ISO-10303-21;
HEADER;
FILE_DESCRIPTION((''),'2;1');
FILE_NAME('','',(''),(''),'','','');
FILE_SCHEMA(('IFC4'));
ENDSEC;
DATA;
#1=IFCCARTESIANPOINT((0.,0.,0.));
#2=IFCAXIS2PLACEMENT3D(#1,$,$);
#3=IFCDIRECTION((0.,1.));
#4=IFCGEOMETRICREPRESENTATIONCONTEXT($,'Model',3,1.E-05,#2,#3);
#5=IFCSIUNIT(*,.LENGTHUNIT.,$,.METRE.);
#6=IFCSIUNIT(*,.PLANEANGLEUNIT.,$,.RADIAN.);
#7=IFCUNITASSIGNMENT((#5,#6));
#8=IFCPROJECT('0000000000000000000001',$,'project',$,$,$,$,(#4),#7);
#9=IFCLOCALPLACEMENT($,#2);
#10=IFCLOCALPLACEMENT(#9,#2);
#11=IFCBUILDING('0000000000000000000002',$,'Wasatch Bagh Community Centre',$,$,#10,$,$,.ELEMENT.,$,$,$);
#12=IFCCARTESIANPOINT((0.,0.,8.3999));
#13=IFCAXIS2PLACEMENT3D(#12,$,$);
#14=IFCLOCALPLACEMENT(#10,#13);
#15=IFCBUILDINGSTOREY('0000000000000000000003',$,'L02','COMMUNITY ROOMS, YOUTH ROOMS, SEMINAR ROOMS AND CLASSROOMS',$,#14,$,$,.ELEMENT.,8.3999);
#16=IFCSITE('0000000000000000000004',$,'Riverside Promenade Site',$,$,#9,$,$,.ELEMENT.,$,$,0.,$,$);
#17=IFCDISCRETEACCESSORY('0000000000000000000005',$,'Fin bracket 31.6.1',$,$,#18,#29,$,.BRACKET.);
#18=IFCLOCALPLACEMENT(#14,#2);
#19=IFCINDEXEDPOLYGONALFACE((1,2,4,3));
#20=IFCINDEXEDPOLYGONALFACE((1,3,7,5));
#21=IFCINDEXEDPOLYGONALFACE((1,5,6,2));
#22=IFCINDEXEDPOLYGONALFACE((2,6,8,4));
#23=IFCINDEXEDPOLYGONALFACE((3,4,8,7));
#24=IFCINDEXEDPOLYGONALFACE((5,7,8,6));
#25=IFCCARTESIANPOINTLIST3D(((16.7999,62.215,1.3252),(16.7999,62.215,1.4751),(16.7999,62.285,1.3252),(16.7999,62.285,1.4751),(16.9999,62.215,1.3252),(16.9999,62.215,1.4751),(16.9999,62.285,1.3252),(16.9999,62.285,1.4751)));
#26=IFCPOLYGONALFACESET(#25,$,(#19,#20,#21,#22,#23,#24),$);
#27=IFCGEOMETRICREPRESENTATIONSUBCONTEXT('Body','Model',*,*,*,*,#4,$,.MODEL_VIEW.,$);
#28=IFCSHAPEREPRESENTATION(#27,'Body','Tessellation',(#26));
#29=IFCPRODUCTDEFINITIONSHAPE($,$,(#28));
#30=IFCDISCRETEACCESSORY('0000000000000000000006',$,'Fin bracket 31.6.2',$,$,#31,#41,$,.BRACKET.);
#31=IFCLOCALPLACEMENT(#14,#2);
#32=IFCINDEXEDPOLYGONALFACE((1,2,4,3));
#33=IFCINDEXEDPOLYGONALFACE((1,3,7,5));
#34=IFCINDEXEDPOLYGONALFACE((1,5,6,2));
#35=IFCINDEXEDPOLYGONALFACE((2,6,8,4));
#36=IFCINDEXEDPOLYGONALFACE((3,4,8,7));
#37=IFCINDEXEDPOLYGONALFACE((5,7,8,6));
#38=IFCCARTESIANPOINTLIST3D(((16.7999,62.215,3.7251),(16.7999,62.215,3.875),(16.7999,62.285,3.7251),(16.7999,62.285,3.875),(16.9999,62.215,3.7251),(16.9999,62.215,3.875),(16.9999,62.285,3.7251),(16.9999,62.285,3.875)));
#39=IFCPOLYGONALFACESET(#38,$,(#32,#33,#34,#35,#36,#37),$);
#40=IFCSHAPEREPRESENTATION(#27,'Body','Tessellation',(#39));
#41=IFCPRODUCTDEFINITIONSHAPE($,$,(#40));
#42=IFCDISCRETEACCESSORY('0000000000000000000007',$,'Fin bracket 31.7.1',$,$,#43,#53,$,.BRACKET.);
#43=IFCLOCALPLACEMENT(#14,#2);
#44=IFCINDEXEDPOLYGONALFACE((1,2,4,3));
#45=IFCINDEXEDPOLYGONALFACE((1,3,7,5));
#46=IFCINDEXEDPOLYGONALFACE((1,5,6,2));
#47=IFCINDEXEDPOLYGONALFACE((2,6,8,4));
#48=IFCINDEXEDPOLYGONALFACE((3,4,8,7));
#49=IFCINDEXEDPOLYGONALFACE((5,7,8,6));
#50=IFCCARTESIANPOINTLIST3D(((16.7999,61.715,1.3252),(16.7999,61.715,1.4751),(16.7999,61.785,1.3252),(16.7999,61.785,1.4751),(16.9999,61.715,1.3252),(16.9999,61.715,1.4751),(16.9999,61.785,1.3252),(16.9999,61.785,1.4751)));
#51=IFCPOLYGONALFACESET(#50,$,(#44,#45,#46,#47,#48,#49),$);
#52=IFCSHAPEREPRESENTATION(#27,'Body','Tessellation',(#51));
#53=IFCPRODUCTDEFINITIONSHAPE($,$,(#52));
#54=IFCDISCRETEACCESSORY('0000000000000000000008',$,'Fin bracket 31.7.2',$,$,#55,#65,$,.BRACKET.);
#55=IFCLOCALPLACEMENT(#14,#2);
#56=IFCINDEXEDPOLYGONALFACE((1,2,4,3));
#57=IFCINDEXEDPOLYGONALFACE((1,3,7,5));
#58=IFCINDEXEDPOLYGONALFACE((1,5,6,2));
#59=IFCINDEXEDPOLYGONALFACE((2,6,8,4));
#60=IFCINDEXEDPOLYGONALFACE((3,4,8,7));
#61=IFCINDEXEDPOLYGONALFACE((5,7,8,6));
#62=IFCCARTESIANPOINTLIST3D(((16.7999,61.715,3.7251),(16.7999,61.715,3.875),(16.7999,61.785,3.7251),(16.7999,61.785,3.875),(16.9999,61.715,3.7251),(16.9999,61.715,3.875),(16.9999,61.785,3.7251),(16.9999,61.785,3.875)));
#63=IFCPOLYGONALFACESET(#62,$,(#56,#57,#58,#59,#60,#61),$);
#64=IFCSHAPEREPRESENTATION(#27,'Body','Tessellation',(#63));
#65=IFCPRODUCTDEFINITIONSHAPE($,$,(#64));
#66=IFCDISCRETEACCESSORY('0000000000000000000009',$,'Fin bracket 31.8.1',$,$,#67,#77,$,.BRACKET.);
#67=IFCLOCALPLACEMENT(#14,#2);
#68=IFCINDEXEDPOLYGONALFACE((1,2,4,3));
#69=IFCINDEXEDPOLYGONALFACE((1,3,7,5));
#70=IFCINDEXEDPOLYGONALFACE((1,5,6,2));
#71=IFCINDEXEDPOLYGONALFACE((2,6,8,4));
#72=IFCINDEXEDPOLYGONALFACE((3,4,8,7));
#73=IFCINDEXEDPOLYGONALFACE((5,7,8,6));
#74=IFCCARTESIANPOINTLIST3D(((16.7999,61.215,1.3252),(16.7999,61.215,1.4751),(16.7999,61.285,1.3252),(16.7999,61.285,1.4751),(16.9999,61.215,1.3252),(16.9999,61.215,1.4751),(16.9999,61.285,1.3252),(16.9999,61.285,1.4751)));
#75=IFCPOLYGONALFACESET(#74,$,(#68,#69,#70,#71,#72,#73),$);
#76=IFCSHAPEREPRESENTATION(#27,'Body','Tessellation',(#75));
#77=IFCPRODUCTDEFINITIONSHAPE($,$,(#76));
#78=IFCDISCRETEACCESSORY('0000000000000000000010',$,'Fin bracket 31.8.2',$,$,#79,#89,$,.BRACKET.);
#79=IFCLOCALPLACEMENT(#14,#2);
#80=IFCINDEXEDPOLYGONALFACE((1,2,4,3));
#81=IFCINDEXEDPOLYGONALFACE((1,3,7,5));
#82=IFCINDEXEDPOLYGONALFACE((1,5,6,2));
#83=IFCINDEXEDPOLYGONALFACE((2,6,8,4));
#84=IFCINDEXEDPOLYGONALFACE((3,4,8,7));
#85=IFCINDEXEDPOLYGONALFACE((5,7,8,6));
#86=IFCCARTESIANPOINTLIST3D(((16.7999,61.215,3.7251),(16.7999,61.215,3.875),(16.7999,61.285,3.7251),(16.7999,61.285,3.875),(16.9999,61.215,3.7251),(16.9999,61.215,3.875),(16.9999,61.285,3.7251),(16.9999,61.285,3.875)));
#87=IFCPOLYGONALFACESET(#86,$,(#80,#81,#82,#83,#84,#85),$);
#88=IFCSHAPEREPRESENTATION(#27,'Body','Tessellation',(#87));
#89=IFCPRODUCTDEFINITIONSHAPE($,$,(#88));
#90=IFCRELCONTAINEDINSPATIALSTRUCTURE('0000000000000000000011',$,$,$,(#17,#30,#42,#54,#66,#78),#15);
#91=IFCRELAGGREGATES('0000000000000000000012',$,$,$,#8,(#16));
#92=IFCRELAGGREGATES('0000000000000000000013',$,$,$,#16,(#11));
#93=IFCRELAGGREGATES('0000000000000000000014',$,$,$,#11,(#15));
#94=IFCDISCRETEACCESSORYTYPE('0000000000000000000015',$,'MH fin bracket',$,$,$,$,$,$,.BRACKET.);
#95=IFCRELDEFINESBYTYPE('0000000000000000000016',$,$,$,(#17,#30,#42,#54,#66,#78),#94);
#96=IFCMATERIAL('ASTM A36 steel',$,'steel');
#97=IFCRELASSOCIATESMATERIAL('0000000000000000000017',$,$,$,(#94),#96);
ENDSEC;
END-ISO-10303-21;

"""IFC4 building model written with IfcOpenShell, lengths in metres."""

from ifc_helpers import new_model, si_unit, direction, frame, origin, origin_2d, place, context, subcontext, project, spatial, rectangle, extrude, material, type_object, element, save


model = new_model("IFC4")

# Units and contexts
model_context = context("Model", 3, precision=1e-05, world=origin(), true_north=direction((0.0, 1.0)))
body_context = subcontext(model_context, "Body", "Model", "MODEL_VIEW")
ifc_project = project(units=[si_unit("LENGTHUNIT", "METRE"), si_unit("PLANEANGLEUNIT", "RADIAN")], contexts=[model_context])

# Site, building, storey
site_placement = place(None, origin())
site = spatial("IfcSite", under=ifc_project, at=site_placement, Name="Riverside Promenade Site", CompositionType="ELEMENT", RefElevation=0.0)
building_placement = place(site_placement, origin())
building = spatial("IfcBuilding", under=site, at=building_placement, Name="Wasatch Bagh Community Centre", CompositionType="ELEMENT")
storey_placement = place(building_placement, frame((0.0, 0.0, 8.3999)))
storey = spatial("IfcBuildingStorey", under=building, at=storey_placement, Name="L02", Description="COMMUNITY ROOMS, YOUTH ROOMS, SEMINAR ROOMS AND CLASSROOMS", CompositionType="ELEMENT", Elevation=8.3999)

# Discrete accessories
ifc_material_1 = material(Name="ASTM A36 steel", Category="steel")
discrete_accessory_type_1 = type_object("IfcDiscreteAccessoryType", Name="MH fin bracket", PredefinedType="BRACKET", material=ifc_material_1)
for number, where, z_axis, x_axis, name in (
    (1, (16.8999, 62.25, 1.3252), (0.0, 0.0, 1.0), (0.0, -1.0, 0.0), "Fin bracket 31.6.1"),
    (2, (16.8999, 62.25, 3.7251), (0.0, 0.0, 1.0), (0.0, -1.0, 0.0), "Fin bracket 31.6.2"),
    (3, (16.8999, 61.75, 1.3252), (0.0, 0.0, 1.0), (0.0, -1.0, 0.0), "Fin bracket 31.7.1"),
    (4, (16.8999, 61.75, 3.7251), (0.0, 0.0, 1.0), (0.0, -1.0, 0.0), "Fin bracket 31.7.2"),
    (5, (16.8999, 61.25, 1.3252), (0.0, 0.0, 1.0), (0.0, -1.0, 0.0), "Fin bracket 31.8.1"),
    (6, (16.8999, 61.25, 3.7251), (0.0, 0.0, 1.0), (0.0, -1.0, 0.0), "Fin bracket 31.8.2"),
):
    element("IfcDiscreteAccessory", number, at=place(storey_placement, frame(where, z_axis=z_axis, x_axis=x_axis)), inside=storey, type_object=discrete_accessory_type_1, Name=name, PredefinedType="BRACKET", context=body_context, shape_type="SweptSolid", body=[
        extrude(rectangle(XDim=0.0701, YDim=0.2, at=origin_2d()), origin(), (0.0, 0.0, 1.0), 0.1499),
    ])

save(model, "model.ifc")
